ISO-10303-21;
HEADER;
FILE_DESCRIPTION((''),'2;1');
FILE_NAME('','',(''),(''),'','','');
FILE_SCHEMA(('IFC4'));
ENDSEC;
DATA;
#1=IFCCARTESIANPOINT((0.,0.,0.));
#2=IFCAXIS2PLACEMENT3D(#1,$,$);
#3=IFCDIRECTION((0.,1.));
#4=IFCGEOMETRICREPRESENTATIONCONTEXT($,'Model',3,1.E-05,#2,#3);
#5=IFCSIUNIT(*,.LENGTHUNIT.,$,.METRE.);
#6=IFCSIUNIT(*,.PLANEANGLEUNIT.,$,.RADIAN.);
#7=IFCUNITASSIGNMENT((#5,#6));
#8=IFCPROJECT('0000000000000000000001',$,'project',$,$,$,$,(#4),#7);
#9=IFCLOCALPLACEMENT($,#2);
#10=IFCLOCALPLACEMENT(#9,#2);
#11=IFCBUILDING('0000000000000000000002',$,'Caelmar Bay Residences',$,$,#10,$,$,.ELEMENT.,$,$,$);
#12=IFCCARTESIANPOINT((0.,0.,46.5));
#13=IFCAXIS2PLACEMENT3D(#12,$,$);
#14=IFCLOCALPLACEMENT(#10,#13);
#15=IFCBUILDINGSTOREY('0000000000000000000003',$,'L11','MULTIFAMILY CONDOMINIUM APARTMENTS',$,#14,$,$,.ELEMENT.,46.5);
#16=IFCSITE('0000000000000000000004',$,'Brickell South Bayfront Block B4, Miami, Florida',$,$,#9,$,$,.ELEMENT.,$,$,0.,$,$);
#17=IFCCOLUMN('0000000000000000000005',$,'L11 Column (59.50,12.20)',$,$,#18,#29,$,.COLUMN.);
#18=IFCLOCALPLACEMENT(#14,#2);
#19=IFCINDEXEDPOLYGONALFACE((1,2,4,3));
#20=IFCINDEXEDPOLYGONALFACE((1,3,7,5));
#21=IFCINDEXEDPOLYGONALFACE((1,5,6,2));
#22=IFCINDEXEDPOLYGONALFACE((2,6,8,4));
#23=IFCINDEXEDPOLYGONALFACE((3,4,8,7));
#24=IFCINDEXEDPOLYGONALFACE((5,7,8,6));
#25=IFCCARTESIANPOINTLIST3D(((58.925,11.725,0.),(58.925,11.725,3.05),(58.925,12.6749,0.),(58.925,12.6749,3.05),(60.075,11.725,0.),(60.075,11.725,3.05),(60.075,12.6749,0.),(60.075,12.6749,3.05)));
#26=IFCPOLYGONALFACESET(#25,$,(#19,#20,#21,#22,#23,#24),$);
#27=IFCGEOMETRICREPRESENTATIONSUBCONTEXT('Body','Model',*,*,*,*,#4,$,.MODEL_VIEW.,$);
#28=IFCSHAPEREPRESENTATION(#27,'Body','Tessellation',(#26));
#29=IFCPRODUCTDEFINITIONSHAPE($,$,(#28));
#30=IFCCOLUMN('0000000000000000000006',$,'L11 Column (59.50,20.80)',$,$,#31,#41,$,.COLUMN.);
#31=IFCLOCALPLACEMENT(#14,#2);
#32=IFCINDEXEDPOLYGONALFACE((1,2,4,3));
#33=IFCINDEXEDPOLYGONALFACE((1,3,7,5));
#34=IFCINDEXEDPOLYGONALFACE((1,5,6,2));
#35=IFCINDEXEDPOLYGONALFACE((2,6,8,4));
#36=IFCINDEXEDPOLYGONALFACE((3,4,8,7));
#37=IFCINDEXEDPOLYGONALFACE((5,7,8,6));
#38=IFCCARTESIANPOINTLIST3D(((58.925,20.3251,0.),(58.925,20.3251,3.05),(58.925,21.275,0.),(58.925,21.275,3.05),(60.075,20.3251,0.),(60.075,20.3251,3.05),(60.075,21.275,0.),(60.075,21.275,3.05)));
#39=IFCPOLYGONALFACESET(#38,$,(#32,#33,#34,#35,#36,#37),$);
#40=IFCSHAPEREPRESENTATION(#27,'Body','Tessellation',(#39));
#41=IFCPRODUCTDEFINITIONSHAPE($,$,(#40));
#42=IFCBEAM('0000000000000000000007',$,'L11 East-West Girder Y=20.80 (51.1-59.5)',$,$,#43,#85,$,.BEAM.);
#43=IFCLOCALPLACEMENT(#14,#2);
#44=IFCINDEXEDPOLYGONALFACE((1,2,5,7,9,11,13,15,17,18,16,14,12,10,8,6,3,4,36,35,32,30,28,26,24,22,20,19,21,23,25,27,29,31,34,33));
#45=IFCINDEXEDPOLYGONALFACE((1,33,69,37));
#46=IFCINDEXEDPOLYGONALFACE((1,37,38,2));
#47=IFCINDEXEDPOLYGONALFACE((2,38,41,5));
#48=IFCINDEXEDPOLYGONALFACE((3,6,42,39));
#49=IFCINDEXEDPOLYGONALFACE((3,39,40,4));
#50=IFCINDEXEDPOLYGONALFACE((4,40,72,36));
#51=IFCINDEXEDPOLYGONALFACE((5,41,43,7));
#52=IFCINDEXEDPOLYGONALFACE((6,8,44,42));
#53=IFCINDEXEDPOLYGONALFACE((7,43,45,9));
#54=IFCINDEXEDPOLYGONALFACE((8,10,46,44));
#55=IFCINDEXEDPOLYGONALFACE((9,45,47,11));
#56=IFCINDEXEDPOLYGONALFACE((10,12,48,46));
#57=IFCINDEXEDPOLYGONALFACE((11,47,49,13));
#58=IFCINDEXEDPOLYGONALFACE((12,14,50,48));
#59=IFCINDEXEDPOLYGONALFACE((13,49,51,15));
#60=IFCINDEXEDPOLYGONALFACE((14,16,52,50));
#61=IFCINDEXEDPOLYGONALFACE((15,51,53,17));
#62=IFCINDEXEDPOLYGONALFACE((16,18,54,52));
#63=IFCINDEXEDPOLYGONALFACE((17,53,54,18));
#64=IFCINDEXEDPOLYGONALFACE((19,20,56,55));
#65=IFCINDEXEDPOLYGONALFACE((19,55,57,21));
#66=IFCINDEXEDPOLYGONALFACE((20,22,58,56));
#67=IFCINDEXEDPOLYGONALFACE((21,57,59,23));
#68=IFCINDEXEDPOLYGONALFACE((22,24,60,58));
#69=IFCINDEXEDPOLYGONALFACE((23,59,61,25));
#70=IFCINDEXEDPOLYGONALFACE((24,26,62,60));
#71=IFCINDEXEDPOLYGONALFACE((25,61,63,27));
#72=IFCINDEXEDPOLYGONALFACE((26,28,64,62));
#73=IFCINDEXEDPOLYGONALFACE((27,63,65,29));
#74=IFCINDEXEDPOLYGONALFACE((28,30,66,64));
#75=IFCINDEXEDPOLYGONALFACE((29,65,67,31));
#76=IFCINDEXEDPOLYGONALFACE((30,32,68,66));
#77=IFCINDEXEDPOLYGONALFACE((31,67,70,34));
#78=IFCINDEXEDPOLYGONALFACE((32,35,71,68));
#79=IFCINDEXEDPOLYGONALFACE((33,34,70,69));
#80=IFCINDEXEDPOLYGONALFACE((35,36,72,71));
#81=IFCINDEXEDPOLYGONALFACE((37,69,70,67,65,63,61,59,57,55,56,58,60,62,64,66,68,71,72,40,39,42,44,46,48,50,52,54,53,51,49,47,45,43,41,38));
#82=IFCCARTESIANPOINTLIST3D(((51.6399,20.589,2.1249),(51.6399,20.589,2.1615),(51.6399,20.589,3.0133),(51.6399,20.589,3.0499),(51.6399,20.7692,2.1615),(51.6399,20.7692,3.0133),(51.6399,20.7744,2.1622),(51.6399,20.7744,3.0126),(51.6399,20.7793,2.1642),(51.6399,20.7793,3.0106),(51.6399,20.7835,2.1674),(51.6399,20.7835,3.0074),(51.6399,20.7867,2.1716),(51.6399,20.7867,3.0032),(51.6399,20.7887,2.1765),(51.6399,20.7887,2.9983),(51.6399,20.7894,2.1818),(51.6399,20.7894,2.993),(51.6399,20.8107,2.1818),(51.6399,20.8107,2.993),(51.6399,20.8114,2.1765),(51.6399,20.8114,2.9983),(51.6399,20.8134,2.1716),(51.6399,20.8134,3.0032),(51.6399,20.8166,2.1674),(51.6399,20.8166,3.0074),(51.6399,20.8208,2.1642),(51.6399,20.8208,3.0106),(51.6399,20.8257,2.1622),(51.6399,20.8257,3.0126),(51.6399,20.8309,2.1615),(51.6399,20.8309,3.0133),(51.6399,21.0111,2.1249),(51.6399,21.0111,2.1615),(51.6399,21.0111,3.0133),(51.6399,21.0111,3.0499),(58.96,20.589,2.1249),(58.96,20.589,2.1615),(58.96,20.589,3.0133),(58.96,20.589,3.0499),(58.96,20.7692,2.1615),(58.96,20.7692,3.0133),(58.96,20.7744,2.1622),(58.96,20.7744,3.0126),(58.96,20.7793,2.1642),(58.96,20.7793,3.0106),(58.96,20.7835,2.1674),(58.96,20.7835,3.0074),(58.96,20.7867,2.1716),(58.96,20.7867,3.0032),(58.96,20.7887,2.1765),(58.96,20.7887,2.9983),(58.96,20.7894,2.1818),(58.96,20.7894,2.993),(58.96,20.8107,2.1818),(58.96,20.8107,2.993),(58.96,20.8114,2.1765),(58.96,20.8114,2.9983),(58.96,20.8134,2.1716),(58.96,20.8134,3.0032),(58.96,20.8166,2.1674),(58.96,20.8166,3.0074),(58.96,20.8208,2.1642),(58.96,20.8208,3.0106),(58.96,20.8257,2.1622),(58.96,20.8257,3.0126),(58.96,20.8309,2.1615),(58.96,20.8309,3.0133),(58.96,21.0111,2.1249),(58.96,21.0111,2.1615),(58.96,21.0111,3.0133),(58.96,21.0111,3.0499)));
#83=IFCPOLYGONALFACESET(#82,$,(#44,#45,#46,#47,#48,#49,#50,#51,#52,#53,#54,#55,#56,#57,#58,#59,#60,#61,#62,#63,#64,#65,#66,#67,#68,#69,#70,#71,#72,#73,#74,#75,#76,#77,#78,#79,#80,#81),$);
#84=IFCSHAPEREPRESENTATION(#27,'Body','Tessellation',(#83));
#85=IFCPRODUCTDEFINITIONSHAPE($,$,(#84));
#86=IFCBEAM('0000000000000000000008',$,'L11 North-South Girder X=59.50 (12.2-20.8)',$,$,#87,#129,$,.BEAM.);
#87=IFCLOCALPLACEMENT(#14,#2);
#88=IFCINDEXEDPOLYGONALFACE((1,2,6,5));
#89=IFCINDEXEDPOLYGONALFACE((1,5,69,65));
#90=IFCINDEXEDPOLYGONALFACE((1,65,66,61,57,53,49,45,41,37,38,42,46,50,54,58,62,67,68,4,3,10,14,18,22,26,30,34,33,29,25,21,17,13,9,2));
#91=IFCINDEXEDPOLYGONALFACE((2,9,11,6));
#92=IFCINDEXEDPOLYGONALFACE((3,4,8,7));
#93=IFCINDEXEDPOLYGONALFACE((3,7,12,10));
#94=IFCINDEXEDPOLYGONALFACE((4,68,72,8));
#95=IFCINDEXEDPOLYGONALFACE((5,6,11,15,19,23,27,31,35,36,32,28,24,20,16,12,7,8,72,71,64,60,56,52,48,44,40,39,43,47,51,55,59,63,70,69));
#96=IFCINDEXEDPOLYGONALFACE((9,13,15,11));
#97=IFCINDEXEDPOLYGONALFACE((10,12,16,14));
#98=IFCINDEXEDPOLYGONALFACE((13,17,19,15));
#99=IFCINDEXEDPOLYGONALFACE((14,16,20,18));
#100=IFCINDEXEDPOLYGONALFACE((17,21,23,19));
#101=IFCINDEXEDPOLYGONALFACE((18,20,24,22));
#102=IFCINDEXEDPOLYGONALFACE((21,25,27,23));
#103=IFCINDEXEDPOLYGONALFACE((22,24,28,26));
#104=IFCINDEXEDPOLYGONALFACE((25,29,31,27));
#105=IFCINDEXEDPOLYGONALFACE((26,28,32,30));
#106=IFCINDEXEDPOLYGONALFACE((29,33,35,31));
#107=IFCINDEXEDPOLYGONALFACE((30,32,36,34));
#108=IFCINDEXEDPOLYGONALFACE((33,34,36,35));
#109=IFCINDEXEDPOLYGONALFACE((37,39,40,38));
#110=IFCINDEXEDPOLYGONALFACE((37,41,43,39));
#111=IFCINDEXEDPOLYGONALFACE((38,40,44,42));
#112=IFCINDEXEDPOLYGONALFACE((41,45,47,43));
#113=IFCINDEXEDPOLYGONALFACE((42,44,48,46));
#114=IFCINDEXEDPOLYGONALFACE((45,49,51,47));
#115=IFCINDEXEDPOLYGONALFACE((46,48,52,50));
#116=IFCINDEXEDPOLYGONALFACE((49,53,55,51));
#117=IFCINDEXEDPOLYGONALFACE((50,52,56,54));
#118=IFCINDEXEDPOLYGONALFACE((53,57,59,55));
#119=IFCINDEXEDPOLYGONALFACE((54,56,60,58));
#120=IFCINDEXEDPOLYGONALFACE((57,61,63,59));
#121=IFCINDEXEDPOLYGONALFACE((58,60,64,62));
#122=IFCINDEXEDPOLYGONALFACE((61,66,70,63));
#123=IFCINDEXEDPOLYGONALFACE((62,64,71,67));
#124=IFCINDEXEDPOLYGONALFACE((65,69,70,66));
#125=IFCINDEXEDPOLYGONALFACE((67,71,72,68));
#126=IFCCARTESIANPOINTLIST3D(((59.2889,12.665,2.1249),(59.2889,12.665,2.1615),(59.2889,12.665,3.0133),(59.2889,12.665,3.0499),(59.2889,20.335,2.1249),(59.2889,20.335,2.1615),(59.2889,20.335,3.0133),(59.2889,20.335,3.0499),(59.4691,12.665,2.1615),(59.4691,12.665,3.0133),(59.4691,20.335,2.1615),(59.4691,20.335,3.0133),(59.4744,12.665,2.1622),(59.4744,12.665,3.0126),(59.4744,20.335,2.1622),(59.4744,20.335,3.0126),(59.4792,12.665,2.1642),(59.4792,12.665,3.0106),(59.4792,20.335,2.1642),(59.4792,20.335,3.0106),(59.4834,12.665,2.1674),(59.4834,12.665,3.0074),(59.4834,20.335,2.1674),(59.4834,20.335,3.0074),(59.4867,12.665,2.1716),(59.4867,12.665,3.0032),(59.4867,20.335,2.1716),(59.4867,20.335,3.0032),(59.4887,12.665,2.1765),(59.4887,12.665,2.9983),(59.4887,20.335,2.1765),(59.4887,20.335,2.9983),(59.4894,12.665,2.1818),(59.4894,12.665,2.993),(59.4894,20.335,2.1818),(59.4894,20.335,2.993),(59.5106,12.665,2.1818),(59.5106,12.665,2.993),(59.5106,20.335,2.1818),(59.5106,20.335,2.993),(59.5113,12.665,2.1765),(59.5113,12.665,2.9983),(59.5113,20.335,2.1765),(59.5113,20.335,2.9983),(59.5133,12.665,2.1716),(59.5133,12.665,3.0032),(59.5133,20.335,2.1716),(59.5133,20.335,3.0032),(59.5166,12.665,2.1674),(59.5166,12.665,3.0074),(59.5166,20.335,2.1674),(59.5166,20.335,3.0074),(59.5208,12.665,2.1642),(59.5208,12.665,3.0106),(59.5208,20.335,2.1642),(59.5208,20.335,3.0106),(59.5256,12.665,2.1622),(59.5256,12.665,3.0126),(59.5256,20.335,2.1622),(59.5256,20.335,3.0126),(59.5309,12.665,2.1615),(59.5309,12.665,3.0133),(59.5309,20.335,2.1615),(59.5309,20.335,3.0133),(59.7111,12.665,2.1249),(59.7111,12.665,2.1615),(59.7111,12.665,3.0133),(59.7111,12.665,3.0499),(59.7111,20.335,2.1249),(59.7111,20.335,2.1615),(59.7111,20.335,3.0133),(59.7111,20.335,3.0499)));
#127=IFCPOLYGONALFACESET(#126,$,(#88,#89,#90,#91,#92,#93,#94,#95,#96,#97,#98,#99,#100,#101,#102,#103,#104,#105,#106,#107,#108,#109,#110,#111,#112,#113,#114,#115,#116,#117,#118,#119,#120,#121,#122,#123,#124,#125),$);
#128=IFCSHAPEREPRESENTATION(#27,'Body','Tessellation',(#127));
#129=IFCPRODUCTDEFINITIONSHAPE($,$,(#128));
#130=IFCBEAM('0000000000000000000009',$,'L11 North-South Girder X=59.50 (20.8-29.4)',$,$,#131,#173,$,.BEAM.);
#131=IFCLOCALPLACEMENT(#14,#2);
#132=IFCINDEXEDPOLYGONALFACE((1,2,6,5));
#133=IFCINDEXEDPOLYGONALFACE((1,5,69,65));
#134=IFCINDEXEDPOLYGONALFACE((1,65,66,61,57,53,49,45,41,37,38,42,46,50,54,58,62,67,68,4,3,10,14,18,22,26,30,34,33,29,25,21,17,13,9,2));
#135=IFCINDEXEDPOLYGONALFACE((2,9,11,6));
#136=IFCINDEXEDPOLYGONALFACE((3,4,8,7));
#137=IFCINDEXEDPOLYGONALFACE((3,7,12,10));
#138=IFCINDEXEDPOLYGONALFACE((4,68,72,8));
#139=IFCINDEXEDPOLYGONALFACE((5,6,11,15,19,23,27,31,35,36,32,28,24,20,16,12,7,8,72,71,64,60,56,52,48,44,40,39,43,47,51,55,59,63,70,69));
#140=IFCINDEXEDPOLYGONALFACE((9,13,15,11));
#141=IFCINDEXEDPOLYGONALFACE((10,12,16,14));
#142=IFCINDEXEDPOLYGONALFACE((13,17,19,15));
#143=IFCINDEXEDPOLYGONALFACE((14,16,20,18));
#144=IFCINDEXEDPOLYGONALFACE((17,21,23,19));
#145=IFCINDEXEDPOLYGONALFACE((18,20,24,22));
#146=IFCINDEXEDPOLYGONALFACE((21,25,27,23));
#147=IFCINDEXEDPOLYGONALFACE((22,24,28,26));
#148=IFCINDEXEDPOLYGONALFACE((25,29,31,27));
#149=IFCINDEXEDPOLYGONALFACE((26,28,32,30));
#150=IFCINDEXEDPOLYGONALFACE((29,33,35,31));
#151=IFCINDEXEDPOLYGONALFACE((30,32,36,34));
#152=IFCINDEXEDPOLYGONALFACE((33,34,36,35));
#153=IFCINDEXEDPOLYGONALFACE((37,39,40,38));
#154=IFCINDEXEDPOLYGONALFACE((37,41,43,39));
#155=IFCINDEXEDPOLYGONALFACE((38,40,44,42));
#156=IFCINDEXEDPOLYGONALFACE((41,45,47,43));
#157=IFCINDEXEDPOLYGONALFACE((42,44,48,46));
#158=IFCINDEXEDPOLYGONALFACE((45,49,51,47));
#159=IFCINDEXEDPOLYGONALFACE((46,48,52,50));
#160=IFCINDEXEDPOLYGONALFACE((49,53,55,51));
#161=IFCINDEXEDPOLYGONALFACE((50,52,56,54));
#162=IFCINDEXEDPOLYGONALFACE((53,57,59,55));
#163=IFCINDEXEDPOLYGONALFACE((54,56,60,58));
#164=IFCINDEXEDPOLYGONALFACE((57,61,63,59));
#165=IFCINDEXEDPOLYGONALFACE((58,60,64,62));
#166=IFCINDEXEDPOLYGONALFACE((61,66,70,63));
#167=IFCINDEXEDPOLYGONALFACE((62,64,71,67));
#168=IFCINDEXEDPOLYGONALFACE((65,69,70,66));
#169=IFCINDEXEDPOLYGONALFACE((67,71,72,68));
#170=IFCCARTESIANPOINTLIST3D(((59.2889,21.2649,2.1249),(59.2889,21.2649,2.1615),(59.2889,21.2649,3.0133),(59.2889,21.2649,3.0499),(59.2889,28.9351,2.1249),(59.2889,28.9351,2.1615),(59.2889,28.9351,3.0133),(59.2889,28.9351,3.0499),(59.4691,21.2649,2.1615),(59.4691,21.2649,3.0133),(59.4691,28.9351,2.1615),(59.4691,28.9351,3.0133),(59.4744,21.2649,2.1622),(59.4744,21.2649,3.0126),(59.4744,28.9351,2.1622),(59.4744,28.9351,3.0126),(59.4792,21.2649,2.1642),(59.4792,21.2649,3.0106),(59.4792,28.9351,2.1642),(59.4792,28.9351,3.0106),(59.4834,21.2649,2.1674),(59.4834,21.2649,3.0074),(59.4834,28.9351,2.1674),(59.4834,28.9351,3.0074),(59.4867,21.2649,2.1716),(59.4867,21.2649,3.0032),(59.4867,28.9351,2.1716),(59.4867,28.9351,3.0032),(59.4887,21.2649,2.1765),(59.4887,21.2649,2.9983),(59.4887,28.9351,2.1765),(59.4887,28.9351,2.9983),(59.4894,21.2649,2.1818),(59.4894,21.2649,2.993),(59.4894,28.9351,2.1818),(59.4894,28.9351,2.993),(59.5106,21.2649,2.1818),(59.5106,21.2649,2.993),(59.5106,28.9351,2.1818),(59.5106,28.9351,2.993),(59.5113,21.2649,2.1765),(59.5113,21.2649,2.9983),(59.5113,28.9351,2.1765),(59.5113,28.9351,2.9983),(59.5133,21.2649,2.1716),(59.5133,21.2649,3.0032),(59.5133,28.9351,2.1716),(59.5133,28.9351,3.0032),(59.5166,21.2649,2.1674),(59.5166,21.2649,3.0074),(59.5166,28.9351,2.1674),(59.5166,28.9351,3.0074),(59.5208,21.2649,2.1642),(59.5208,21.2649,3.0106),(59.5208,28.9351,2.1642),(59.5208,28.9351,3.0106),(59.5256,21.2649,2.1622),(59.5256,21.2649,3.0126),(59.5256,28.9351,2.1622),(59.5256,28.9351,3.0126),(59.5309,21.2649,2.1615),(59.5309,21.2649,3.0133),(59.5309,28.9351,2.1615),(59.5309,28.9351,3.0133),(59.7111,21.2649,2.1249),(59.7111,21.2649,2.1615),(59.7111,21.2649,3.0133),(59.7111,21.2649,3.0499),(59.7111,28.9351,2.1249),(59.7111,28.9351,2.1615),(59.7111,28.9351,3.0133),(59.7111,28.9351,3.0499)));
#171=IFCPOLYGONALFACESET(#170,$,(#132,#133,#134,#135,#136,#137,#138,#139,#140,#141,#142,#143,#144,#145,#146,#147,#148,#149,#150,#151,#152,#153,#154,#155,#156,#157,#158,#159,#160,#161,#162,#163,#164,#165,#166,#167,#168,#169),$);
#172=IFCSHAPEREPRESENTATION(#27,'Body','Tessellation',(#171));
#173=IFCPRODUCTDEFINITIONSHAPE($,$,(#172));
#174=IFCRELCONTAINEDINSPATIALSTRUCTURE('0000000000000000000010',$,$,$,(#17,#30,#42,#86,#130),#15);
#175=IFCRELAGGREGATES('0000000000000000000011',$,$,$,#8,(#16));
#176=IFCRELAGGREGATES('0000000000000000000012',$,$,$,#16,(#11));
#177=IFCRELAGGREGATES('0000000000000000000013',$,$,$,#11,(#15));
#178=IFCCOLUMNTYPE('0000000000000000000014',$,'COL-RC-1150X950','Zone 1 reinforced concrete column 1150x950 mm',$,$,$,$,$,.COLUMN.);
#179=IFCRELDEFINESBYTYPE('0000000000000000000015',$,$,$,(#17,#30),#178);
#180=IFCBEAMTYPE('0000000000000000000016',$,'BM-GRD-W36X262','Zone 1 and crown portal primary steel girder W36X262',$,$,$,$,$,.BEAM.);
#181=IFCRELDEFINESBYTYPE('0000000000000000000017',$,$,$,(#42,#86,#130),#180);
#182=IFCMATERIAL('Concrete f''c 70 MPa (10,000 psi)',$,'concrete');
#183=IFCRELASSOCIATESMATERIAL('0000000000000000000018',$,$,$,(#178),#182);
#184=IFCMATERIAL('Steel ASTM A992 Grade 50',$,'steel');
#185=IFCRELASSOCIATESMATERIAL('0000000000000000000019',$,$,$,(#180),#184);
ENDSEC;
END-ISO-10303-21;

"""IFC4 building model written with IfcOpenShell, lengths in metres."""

from ifc_helpers import new_model, si_unit, direction, frame, origin, origin_2d, place, context, subcontext, project, spatial, rectangle, i_section, extrude, material, material_profile, profile_set, type_object, element, save


model = new_model("IFC4")

# Units and contexts
model_context = context("Model", 3, precision=1e-05, world=origin(), true_north=direction((0.0, 1.0)))
body_context = subcontext(model_context, "Body", "Model", "MODEL_VIEW")
ifc_project = project(units=[si_unit("LENGTHUNIT", "METRE"), si_unit("PLANEANGLEUNIT", "RADIAN")], contexts=[model_context])

# Site, building, storey
site_placement = place(None, origin())
site = spatial("IfcSite", under=ifc_project, at=site_placement, Name="Brickell South Bayfront Block B4, Miami, Florida", CompositionType="ELEMENT", RefElevation=0.0)
building_placement = place(site_placement, origin())
building = spatial("IfcBuilding", under=site, at=building_placement, Name="Caelmar Bay Residences", CompositionType="ELEMENT")
storey_placement = place(building_placement, frame((0.0, 0.0, 46.5)))
storey = spatial("IfcBuildingStorey", under=building, at=storey_placement, Name="L11", Description="MULTIFAMILY CONDOMINIUM APARTMENTS", CompositionType="ELEMENT", Elevation=46.5)

# Columns
ifc_material_1 = material(Name="Concrete f'c 70 MPa (10,000 psi)", Category="concrete")
ifc_material_profile_1 = material_profile(ifc_material_1, rectangle(XDim=1.1499, YDim=0.95, at=origin_2d()), Name="RC-COL-1150X950")
ifc_profile_set_1 = profile_set([ifc_material_profile_1], Name="Concrete f'c 70 MPa (10,000 psi)")
column_type = type_object("IfcColumnType", Name="COL-RC-1150X950", Description="Zone 1 reinforced concrete column 1150x950 mm", PredefinedType="COLUMN", material=ifc_profile_set_1)
for number, where, z_axis, x_axis, name in (
    (1, (59.5, 12.2, 0.0), (0.0, 0.0, 1.0), (1.0, 0.0, 0.0), "L11 Column (59.50,12.20)"),
    (2, (59.5, 20.8, 0.0), (0.0, 0.0, 1.0), (1.0, 0.0, 0.0), "L11 Column (59.50,20.80)"),
):
    element("IfcColumn", number, at=place(storey_placement, frame(where, z_axis=z_axis, x_axis=x_axis)), inside=storey, type_object=column_type, Name=name, PredefinedType="COLUMN", context=body_context, shape_type="SweptSolid", body=[
        extrude(rectangle(XDim=1.1499, YDim=0.95, at=origin_2d()), origin(), (0.0, 0.0, 1.0), 3.05),
    ])

# Beams
ifc_material_2 = material(Name="Steel ASTM A992 Grade 50", Category="steel")
ifc_material_profile_2 = material_profile(ifc_material_2, i_section(OverallWidth=0.4221, OverallDepth=0.925, WebThickness=0.0212, FlangeThickness=0.0366, FilletRadius=0.0203, at=origin_2d()), Name="W36X262")
ifc_profile_set_2 = profile_set([ifc_material_profile_2], Name="Steel ASTM A992 Grade 50")
beam_type_1 = type_object("IfcBeamType", Name="BM-GRD-W36X262", Description="Zone 1 and crown portal primary steel girder W36X262", PredefinedType="BEAM", material=ifc_profile_set_2)
beam_1_placement = place(storey_placement, frame((51.6399, 20.8, 2.5874), z_axis=(1.0, 0.0, 0.0), x_axis=(0.0, 1.0, 0.0)))
element("IfcBeam", 3, at=beam_1_placement, inside=storey, type_object=beam_type_1, Name="L11 East-West Girder Y=20.80 (51.1-59.5)", PredefinedType="BEAM", context=body_context, shape_type="SweptSolid", body=[
    extrude(i_section(OverallWidth=0.4221, OverallDepth=0.925, WebThickness=0.0212, FlangeThickness=0.0366, FilletRadius=0.0203, at=origin_2d()), origin(), (0.0, 0.0, 1.0), 7.3201),
])
beam_2_placement = place(storey_placement, frame((59.5, 12.665, 2.5874), z_axis=(0.0, 1.0, 0.0), x_axis=(-1.0, 0.0, 0.0)))
element("IfcBeam", 4, at=beam_2_placement, inside=storey, type_object=beam_type_1, Name="L11 North-South Girder X=59.50 (12.2-20.8)", PredefinedType="BEAM", context=body_context, shape_type="SweptSolid", body=[
    extrude(i_section(OverallWidth=0.4221, OverallDepth=0.925, WebThickness=0.0212, FlangeThickness=0.0366, FilletRadius=0.0203, at=origin_2d()), origin(), (0.0, 0.0, 1.0), 7.6699),
])
beam_3_placement = place(storey_placement, frame((59.5, 21.2649, 2.5874), z_axis=(0.0, 1.0, 0.0), x_axis=(-1.0, 0.0, 0.0)))
element("IfcBeam", 5, at=beam_3_placement, inside=storey, type_object=beam_type_1, Name="L11 North-South Girder X=59.50 (20.8-29.4)", PredefinedType="BEAM", context=body_context, shape_type="SweptSolid", body=[
    extrude(i_section(OverallWidth=0.4221, OverallDepth=0.925, WebThickness=0.0212, FlangeThickness=0.0366, FilletRadius=0.0203, at=origin_2d()), origin(), (0.0, 0.0, 1.0), 7.6702),
])

save(model, "model.ifc")
